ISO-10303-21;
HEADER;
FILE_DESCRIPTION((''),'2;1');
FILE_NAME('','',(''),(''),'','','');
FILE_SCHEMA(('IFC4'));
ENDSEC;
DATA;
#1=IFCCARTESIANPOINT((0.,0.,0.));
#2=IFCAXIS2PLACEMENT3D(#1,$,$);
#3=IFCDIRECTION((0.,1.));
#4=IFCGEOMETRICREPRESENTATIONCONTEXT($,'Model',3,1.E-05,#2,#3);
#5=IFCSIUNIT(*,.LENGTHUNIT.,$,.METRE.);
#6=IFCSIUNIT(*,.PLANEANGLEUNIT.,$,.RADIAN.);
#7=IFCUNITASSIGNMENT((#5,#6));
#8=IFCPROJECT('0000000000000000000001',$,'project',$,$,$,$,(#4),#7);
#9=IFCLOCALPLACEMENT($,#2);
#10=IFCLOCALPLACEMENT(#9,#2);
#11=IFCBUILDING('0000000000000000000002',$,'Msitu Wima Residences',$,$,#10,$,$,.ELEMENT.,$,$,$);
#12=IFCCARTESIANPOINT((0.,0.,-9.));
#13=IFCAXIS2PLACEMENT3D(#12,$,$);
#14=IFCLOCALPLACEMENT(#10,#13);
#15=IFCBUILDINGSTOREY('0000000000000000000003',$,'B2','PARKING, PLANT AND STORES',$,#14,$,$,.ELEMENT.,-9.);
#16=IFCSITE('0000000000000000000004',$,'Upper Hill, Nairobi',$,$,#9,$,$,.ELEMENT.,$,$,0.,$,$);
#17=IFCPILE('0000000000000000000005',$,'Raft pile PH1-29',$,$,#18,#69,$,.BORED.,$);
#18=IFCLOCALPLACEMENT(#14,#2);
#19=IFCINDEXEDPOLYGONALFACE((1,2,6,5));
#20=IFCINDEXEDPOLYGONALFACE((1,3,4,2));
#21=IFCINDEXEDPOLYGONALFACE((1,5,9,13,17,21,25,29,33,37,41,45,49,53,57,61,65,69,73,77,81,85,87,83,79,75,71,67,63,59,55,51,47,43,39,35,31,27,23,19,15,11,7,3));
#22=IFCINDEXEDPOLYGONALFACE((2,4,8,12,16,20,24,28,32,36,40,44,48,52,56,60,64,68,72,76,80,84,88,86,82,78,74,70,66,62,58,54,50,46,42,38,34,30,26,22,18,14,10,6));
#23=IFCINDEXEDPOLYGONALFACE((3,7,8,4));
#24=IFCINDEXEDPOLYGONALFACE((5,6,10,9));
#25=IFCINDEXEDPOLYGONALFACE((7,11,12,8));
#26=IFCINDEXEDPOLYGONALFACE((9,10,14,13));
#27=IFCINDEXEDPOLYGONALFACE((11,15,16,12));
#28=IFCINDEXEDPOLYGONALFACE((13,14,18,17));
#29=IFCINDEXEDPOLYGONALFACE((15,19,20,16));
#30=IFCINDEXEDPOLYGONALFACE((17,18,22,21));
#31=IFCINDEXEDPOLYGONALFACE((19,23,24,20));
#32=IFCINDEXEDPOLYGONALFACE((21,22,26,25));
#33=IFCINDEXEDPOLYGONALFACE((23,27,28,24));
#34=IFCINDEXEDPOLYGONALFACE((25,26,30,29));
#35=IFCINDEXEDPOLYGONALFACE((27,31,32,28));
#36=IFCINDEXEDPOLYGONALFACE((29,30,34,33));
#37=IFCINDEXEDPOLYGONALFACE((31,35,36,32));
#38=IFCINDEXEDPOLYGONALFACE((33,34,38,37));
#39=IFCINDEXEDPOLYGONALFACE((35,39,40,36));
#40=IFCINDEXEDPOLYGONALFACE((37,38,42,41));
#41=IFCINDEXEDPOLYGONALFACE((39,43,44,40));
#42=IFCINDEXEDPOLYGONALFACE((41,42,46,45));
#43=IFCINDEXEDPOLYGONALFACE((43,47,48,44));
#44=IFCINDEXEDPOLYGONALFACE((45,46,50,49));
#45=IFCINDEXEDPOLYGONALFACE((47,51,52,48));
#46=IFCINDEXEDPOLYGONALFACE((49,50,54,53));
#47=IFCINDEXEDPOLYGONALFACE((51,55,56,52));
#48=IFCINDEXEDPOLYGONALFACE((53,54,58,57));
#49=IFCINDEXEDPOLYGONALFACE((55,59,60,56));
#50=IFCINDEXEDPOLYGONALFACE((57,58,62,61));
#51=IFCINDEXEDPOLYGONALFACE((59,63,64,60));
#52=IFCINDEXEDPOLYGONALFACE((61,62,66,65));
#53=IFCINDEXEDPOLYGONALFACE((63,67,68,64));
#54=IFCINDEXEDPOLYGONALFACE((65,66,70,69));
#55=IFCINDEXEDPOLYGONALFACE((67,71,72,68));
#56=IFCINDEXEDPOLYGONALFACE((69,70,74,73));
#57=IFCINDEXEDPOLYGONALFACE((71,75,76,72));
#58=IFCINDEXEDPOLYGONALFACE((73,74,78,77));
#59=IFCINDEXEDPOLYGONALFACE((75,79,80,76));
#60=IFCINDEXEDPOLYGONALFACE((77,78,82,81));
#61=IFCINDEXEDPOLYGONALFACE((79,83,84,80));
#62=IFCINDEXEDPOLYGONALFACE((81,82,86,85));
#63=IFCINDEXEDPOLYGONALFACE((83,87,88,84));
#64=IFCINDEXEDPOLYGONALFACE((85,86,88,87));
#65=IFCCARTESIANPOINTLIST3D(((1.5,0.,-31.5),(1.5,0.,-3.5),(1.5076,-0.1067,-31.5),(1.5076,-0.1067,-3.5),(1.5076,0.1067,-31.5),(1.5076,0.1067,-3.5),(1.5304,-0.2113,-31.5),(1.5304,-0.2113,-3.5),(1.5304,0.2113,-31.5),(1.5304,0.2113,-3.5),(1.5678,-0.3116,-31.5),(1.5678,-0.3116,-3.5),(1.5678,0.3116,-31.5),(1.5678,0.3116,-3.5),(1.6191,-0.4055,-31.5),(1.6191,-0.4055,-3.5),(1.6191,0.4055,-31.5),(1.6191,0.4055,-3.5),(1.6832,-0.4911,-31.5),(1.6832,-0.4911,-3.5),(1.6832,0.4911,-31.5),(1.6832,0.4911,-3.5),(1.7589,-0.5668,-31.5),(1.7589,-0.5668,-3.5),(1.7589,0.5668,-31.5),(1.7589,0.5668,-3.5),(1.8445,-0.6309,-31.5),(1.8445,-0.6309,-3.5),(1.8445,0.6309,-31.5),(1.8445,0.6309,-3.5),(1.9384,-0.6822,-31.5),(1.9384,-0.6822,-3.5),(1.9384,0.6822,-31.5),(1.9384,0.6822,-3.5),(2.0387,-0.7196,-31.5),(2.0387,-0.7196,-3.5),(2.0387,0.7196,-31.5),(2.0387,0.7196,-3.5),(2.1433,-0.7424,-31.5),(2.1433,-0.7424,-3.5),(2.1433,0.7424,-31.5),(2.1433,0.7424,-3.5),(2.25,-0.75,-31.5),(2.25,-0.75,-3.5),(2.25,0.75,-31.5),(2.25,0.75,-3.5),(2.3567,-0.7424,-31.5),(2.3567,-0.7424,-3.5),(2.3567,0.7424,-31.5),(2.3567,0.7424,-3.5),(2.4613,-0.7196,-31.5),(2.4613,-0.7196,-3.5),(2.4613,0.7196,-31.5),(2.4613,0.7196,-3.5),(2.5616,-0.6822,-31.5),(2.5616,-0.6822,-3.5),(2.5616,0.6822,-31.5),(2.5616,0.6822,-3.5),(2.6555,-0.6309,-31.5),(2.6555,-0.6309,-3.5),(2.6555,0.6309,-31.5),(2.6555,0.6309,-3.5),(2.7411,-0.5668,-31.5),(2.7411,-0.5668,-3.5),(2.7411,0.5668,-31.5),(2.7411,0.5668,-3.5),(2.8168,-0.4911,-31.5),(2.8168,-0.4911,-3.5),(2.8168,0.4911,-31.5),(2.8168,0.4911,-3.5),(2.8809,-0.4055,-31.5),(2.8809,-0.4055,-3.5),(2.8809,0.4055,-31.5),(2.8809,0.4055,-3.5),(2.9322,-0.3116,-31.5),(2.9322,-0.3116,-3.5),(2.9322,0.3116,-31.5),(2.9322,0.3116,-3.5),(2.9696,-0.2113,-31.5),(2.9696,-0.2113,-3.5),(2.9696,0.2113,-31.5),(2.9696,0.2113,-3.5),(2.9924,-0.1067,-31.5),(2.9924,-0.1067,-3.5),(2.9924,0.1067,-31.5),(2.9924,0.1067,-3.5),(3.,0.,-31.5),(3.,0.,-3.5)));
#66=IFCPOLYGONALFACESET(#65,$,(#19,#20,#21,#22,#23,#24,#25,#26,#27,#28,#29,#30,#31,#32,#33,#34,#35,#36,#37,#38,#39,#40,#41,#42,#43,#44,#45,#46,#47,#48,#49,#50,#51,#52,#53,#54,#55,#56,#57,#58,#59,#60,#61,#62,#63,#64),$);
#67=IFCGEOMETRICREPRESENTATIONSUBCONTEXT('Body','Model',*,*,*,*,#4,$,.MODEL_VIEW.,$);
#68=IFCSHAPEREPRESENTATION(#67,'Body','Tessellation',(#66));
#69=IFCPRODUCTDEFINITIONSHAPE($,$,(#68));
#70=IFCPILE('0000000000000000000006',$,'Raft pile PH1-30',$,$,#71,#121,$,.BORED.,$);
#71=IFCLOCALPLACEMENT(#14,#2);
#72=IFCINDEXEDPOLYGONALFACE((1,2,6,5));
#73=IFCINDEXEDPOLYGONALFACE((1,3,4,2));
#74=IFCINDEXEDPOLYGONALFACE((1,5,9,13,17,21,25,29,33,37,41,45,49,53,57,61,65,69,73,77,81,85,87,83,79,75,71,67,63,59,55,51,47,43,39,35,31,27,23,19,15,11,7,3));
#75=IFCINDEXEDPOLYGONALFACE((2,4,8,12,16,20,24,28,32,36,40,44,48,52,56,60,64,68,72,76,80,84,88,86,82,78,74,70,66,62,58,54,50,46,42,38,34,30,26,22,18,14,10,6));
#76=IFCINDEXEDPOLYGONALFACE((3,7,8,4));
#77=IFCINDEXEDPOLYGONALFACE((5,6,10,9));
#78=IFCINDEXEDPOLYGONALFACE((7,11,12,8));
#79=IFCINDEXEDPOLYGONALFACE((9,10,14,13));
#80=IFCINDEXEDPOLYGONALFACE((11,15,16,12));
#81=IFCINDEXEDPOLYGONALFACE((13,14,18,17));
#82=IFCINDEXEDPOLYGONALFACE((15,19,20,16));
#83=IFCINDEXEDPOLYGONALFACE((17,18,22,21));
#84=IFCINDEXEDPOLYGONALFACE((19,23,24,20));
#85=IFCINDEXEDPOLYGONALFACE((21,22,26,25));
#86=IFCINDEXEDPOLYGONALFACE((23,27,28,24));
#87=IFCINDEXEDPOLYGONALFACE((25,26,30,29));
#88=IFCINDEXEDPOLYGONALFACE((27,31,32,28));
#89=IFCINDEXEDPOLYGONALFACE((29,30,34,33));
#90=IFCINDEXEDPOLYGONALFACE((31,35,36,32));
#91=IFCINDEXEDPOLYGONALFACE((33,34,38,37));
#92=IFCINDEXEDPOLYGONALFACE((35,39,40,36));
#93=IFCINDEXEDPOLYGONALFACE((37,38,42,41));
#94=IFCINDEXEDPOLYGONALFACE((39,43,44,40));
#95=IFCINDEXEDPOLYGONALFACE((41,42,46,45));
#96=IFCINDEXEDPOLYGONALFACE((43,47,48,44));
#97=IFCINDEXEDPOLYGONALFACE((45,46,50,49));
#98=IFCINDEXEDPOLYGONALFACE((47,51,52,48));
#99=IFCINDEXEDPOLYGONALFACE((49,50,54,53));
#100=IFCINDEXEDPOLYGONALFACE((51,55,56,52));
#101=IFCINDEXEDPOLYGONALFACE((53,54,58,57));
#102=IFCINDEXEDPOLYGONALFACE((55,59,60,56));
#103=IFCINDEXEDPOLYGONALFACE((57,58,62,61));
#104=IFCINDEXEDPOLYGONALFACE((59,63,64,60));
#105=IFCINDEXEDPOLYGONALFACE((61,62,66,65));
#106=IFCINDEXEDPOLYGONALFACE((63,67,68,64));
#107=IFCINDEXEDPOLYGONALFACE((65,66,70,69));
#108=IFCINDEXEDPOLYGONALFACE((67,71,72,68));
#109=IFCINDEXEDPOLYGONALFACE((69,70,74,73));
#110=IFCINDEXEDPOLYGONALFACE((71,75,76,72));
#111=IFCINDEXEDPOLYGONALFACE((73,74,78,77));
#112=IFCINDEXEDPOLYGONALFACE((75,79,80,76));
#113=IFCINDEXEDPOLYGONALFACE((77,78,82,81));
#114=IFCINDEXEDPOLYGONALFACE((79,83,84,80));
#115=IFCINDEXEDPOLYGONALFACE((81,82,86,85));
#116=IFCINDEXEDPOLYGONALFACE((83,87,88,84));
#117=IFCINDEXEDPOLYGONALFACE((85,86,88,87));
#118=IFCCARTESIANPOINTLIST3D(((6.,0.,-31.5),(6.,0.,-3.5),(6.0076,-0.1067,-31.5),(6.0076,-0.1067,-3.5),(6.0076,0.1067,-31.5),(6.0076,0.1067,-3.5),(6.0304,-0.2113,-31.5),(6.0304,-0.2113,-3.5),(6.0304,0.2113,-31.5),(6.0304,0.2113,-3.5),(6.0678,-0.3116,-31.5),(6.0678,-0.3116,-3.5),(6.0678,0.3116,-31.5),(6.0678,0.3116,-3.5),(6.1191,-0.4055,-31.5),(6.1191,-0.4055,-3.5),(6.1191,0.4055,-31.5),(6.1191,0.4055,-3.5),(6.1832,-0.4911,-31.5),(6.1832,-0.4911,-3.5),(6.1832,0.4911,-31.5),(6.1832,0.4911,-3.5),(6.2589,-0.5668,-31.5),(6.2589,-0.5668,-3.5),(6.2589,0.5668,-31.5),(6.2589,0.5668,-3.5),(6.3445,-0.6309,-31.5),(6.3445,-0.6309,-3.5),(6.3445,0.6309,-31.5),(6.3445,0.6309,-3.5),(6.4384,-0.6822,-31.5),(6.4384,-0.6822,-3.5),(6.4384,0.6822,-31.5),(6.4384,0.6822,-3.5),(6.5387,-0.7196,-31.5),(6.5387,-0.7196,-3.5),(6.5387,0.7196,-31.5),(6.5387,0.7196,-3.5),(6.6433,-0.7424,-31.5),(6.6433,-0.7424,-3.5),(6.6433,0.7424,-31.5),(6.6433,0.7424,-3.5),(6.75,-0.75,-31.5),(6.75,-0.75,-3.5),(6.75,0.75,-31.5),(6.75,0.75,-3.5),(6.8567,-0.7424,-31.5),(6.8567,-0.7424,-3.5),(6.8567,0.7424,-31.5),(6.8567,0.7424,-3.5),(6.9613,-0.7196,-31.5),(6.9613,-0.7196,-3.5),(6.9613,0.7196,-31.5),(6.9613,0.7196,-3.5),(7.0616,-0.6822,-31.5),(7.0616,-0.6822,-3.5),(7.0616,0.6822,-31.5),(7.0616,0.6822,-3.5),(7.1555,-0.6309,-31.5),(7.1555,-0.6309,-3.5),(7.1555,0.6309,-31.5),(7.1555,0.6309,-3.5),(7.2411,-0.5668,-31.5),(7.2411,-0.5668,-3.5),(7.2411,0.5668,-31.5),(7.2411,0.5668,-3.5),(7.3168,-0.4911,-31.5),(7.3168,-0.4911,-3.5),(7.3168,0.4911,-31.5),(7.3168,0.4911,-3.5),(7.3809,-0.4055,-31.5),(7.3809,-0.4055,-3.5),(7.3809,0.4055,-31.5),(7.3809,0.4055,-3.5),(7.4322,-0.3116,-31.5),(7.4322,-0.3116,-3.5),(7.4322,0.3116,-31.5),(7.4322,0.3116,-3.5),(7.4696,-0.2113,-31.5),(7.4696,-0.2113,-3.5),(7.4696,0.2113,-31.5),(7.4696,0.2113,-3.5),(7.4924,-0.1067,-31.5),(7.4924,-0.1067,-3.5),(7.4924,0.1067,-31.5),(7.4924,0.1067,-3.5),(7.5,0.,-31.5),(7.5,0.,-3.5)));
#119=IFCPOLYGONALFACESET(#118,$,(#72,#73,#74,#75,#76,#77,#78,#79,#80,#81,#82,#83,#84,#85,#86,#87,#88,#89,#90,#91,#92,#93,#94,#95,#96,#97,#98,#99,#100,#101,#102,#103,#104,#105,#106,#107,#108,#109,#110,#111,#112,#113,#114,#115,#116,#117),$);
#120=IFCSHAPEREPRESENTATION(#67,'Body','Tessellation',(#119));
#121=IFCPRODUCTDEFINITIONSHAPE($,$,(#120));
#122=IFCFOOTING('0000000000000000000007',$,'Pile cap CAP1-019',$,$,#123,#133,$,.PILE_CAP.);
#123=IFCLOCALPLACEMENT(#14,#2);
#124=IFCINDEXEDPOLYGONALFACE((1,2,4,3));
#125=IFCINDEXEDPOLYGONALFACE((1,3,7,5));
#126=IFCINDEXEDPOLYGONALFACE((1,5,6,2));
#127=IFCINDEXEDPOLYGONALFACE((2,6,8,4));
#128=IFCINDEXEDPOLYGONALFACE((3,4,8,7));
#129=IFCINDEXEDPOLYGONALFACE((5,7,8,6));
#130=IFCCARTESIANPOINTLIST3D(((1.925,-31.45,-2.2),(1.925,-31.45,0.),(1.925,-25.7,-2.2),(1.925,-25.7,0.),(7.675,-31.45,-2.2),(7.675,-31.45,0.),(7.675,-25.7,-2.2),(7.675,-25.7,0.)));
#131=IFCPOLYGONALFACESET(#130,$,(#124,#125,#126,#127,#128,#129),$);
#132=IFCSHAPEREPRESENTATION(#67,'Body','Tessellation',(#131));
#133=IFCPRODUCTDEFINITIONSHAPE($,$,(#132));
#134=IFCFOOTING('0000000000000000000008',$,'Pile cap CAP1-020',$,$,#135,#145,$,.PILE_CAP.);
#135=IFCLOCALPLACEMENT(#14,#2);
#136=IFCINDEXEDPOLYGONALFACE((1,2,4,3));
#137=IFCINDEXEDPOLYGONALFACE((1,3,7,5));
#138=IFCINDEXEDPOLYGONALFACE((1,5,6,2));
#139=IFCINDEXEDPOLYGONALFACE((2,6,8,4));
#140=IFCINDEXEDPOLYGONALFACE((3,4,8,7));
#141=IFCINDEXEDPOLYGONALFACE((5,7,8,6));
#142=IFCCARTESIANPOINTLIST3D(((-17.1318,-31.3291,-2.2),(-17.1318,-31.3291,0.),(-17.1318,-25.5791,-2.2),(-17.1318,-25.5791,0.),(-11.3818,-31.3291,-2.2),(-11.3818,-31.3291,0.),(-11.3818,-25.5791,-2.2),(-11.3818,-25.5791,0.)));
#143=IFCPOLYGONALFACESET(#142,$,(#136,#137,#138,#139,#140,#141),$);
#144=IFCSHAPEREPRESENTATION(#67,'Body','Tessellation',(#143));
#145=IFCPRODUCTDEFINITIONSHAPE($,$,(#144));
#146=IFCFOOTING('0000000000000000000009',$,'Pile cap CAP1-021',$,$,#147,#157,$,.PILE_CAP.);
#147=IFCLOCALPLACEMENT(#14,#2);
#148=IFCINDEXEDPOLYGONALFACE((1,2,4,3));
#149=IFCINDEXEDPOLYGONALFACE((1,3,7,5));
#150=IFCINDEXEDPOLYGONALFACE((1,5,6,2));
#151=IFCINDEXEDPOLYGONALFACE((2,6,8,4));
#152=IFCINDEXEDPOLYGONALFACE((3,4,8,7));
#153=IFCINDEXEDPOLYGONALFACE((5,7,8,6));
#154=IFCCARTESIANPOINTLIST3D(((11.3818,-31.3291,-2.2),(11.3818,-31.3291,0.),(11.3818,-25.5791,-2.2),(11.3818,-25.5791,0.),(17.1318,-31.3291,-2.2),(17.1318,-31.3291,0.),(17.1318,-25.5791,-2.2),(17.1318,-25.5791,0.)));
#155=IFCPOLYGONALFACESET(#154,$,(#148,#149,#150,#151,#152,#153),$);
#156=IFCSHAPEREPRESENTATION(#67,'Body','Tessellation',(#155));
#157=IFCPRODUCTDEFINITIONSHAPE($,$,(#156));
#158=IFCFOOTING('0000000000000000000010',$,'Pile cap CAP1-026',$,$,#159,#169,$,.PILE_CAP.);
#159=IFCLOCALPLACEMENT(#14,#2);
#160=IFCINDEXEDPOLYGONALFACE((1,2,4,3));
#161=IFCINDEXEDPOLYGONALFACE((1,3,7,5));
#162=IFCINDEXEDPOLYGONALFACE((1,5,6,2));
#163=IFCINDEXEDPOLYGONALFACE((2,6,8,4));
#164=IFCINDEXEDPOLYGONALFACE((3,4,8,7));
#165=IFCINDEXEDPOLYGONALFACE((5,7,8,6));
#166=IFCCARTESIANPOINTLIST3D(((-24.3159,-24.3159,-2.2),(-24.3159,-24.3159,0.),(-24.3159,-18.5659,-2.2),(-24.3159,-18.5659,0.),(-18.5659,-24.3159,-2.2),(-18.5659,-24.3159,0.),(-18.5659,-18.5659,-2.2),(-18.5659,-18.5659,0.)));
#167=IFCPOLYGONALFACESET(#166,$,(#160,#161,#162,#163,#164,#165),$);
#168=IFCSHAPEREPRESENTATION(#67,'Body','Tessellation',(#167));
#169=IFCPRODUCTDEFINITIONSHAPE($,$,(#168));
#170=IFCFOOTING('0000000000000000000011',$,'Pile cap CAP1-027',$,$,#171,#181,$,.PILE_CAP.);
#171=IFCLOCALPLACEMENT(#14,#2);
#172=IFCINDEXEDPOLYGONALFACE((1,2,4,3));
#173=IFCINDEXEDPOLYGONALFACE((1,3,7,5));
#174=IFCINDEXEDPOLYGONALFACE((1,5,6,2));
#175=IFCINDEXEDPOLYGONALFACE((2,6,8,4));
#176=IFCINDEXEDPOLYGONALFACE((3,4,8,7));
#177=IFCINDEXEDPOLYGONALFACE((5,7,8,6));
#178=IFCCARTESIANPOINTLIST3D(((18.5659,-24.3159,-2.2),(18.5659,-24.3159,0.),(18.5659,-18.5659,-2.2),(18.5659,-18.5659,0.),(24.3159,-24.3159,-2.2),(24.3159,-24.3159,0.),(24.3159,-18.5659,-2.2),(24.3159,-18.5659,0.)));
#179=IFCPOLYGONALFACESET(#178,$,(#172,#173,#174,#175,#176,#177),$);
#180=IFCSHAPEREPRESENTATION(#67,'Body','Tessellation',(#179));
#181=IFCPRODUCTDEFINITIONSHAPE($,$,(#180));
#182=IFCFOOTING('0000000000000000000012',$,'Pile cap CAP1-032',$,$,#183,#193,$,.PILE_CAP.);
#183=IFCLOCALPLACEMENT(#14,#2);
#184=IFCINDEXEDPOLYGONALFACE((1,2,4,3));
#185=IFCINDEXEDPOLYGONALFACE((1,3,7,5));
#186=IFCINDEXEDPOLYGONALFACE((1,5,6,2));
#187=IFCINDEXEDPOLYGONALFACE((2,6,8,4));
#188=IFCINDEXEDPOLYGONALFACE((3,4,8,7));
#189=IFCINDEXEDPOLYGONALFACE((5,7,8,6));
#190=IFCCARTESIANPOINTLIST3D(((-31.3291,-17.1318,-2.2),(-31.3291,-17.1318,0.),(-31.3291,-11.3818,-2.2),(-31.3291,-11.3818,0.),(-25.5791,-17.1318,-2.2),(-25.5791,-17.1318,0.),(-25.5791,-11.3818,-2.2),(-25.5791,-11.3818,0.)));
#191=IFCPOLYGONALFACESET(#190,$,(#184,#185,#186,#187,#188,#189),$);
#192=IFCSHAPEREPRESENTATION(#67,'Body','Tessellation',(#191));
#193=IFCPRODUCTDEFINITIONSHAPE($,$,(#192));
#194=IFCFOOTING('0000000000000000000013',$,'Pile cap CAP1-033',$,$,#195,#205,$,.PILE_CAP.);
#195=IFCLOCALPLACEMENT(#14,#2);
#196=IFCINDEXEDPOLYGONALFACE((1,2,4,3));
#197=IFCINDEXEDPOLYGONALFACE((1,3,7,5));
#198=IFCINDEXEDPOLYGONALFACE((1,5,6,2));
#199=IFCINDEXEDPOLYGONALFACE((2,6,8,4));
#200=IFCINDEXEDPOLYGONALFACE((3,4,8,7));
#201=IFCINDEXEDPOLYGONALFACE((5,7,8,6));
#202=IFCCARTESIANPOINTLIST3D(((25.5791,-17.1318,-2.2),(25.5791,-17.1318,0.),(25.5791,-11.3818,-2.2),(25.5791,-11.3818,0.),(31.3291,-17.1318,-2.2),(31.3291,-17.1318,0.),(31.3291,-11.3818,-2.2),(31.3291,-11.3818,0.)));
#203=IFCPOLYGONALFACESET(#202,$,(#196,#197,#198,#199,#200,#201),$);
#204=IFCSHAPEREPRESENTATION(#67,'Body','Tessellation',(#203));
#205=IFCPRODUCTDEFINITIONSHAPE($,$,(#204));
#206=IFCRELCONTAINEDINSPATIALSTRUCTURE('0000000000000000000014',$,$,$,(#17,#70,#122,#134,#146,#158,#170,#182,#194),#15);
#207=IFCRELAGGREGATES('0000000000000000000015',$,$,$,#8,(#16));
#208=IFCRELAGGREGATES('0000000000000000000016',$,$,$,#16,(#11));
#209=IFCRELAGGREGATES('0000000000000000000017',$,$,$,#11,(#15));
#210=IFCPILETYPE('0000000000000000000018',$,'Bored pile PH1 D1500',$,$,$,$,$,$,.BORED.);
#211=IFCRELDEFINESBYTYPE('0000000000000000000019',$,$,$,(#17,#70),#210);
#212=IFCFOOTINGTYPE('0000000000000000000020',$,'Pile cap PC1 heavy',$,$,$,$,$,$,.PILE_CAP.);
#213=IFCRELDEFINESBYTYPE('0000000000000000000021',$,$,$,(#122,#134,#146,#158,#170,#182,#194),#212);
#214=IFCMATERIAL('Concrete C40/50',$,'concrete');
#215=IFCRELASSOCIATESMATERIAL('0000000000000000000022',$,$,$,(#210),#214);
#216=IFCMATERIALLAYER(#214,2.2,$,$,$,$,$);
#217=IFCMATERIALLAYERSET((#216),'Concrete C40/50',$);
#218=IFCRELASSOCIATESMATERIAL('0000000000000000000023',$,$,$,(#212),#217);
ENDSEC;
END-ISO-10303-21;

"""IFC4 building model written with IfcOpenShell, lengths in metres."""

from ifc_helpers import new_model, si_unit, direction, frame, origin, origin_2d, place, context, subcontext, project, spatial, polyline, circle, outline, extrude, material, layer, layer_set, type_object, element, save


model = new_model("IFC4")

# Units and contexts
model_context = context("Model", 3, precision=1e-05, world=origin(), true_north=direction((0.0, 1.0)))
body_context = subcontext(model_context, "Body", "Model", "MODEL_VIEW")
ifc_project = project(units=[si_unit("LENGTHUNIT", "METRE"), si_unit("PLANEANGLEUNIT", "RADIAN")], contexts=[model_context])

# Site, building, storey
site_placement = place(None, origin())
site = spatial("IfcSite", under=ifc_project, at=site_placement, Name="Upper Hill, Nairobi", CompositionType="ELEMENT", RefElevation=0.0)
building_placement = place(site_placement, origin())
building = spatial("IfcBuilding", under=site, at=building_placement, Name="Msitu Wima Residences", CompositionType="ELEMENT")
storey_placement = place(building_placement, frame((0.0, 0.0, -9.0)))
storey = spatial("IfcBuildingStorey", under=building, at=storey_placement, Name="B2", Description="PARKING, PLANT AND STORES", CompositionType="ELEMENT", Elevation=-9.0)

# Piles
ifc_material = material(Name="Concrete C40/50", Category="concrete")
pile_type = type_object("IfcPileType", Name="Bored pile PH1 D1500", PredefinedType="BORED", material=ifc_material)
for number, where, z_axis, x_axis, name in (
    (1, (2.25, 0.0, -3.5), (0.0, 0.0, -1.0), (1.0, 0.0, 0.0), "Raft pile PH1-29"),
    (2, (6.75, 0.0, -3.5), (0.0, 0.0, -1.0), (1.0, 0.0, 0.0), "Raft pile PH1-30"),
):
    element("IfcPile", number, at=place(storey_placement, frame(where, z_axis=z_axis, x_axis=x_axis)), inside=storey, type_object=pile_type, Name=name, PredefinedType="BORED", context=body_context, shape_type="SweptSolid", body=[
        extrude(circle(Radius=0.75, at=origin_2d()), origin(), (0.0, 0.0, 1.0), 28.0),
    ])

# Footings
ifc_layer_1 = layer(ifc_material, 2.2)
ifc_layer_set_1 = layer_set([ifc_layer_1], Name="Concrete C40/50")
footing_type_1 = type_object("IfcFootingType", Name="Pile cap PC1 heavy", PredefinedType="PILE_CAP", material=ifc_layer_set_1)
footing_1_placement = place(storey_placement, frame((0.0, 0.0, -2.2)))
element("IfcFooting", 3, at=footing_1_placement, inside=storey, type_object=footing_type_1, Name="Pile cap CAP1-019", PredefinedType="PILE_CAP", context=body_context, shape_type="SweptSolid", body=[
    extrude(outline(polyline([(7.675, -31.45), (7.675, -25.7), (1.925, -25.7), (1.925, -31.45), (7.675, -31.45)])), origin(), (0.0, 0.0, 1.0), 2.2),
])
footing_2_placement = place(storey_placement, frame((0.0, 0.0, -2.2)))
element("IfcFooting", 4, at=footing_2_placement, inside=storey, type_object=footing_type_1, Name="Pile cap CAP1-020", PredefinedType="PILE_CAP", context=body_context, shape_type="SweptSolid", body=[
    extrude(outline(polyline([(-11.3818, -31.3291), (-11.3818, -25.5791), (-17.1318, -25.5791), (-17.1318, -31.3291), (-11.3818, -31.3291)])), origin(), (0.0, 0.0, 1.0), 2.2),
])
footing_3_placement = place(storey_placement, frame((0.0, 0.0, -2.2)))
element("IfcFooting", 5, at=footing_3_placement, inside=storey, type_object=footing_type_1, Name="Pile cap CAP1-021", PredefinedType="PILE_CAP", context=body_context, shape_type="SweptSolid", body=[
    extrude(outline(polyline([(17.1318, -31.3291), (17.1318, -25.5791), (11.3818, -25.5791), (11.3818, -31.3291), (17.1318, -31.3291)])), origin(), (0.0, 0.0, 1.0), 2.2),
])
footing_4_placement = place(storey_placement, frame((0.0, 0.0, -2.2)))
element("IfcFooting", 6, at=footing_4_placement, inside=storey, type_object=footing_type_1, Name="Pile cap CAP1-026", PredefinedType="PILE_CAP", context=body_context, shape_type="SweptSolid", body=[
    extrude(outline(polyline([(-18.5659, -24.3159), (-18.5659, -18.5659), (-24.3159, -18.5659), (-24.3159, -24.3159), (-18.5659, -24.3159)])), origin(), (0.0, 0.0, 1.0), 2.2),
])
footing_5_placement = place(storey_placement, frame((0.0, 0.0, -2.2)))
element("IfcFooting", 7, at=footing_5_placement, inside=storey, type_object=footing_type_1, Name="Pile cap CAP1-027", PredefinedType="PILE_CAP", context=body_context, shape_type="SweptSolid", body=[
    extrude(outline(polyline([(24.3159, -24.3159), (24.3159, -18.5659), (18.5659, -18.5659), (18.5659, -24.3159), (24.3159, -24.3159)])), origin(), (0.0, 0.0, 1.0), 2.2),
])
footing_6_placement = place(storey_placement, frame((0.0, 0.0, -2.2)))
element("IfcFooting", 8, at=footing_6_placement, inside=storey, type_object=footing_type_1, Name="Pile cap CAP1-032", PredefinedType="PILE_CAP", context=body_context, shape_type="SweptSolid", body=[
    extrude(outline(polyline([(-25.5791, -17.1318), (-25.5791, -11.3818), (-31.3291, -11.3818), (-31.3291, -17.1318), (-25.5791, -17.1318)])), origin(), (0.0, 0.0, 1.0), 2.2),
])
footing_7_placement = place(storey_placement, frame((0.0, 0.0, -2.2)))
element("IfcFooting", 9, at=footing_7_placement, inside=storey, type_object=footing_type_1, Name="Pile cap CAP1-033", PredefinedType="PILE_CAP", context=body_context, shape_type="SweptSolid", body=[
    extrude(outline(polyline([(31.3291, -17.1318), (31.3291, -11.3818), (25.5791, -11.3818), (25.5791, -17.1318), (31.3291, -17.1318)])), origin(), (0.0, 0.0, 1.0), 2.2),
])

save(model, "model.ifc")
